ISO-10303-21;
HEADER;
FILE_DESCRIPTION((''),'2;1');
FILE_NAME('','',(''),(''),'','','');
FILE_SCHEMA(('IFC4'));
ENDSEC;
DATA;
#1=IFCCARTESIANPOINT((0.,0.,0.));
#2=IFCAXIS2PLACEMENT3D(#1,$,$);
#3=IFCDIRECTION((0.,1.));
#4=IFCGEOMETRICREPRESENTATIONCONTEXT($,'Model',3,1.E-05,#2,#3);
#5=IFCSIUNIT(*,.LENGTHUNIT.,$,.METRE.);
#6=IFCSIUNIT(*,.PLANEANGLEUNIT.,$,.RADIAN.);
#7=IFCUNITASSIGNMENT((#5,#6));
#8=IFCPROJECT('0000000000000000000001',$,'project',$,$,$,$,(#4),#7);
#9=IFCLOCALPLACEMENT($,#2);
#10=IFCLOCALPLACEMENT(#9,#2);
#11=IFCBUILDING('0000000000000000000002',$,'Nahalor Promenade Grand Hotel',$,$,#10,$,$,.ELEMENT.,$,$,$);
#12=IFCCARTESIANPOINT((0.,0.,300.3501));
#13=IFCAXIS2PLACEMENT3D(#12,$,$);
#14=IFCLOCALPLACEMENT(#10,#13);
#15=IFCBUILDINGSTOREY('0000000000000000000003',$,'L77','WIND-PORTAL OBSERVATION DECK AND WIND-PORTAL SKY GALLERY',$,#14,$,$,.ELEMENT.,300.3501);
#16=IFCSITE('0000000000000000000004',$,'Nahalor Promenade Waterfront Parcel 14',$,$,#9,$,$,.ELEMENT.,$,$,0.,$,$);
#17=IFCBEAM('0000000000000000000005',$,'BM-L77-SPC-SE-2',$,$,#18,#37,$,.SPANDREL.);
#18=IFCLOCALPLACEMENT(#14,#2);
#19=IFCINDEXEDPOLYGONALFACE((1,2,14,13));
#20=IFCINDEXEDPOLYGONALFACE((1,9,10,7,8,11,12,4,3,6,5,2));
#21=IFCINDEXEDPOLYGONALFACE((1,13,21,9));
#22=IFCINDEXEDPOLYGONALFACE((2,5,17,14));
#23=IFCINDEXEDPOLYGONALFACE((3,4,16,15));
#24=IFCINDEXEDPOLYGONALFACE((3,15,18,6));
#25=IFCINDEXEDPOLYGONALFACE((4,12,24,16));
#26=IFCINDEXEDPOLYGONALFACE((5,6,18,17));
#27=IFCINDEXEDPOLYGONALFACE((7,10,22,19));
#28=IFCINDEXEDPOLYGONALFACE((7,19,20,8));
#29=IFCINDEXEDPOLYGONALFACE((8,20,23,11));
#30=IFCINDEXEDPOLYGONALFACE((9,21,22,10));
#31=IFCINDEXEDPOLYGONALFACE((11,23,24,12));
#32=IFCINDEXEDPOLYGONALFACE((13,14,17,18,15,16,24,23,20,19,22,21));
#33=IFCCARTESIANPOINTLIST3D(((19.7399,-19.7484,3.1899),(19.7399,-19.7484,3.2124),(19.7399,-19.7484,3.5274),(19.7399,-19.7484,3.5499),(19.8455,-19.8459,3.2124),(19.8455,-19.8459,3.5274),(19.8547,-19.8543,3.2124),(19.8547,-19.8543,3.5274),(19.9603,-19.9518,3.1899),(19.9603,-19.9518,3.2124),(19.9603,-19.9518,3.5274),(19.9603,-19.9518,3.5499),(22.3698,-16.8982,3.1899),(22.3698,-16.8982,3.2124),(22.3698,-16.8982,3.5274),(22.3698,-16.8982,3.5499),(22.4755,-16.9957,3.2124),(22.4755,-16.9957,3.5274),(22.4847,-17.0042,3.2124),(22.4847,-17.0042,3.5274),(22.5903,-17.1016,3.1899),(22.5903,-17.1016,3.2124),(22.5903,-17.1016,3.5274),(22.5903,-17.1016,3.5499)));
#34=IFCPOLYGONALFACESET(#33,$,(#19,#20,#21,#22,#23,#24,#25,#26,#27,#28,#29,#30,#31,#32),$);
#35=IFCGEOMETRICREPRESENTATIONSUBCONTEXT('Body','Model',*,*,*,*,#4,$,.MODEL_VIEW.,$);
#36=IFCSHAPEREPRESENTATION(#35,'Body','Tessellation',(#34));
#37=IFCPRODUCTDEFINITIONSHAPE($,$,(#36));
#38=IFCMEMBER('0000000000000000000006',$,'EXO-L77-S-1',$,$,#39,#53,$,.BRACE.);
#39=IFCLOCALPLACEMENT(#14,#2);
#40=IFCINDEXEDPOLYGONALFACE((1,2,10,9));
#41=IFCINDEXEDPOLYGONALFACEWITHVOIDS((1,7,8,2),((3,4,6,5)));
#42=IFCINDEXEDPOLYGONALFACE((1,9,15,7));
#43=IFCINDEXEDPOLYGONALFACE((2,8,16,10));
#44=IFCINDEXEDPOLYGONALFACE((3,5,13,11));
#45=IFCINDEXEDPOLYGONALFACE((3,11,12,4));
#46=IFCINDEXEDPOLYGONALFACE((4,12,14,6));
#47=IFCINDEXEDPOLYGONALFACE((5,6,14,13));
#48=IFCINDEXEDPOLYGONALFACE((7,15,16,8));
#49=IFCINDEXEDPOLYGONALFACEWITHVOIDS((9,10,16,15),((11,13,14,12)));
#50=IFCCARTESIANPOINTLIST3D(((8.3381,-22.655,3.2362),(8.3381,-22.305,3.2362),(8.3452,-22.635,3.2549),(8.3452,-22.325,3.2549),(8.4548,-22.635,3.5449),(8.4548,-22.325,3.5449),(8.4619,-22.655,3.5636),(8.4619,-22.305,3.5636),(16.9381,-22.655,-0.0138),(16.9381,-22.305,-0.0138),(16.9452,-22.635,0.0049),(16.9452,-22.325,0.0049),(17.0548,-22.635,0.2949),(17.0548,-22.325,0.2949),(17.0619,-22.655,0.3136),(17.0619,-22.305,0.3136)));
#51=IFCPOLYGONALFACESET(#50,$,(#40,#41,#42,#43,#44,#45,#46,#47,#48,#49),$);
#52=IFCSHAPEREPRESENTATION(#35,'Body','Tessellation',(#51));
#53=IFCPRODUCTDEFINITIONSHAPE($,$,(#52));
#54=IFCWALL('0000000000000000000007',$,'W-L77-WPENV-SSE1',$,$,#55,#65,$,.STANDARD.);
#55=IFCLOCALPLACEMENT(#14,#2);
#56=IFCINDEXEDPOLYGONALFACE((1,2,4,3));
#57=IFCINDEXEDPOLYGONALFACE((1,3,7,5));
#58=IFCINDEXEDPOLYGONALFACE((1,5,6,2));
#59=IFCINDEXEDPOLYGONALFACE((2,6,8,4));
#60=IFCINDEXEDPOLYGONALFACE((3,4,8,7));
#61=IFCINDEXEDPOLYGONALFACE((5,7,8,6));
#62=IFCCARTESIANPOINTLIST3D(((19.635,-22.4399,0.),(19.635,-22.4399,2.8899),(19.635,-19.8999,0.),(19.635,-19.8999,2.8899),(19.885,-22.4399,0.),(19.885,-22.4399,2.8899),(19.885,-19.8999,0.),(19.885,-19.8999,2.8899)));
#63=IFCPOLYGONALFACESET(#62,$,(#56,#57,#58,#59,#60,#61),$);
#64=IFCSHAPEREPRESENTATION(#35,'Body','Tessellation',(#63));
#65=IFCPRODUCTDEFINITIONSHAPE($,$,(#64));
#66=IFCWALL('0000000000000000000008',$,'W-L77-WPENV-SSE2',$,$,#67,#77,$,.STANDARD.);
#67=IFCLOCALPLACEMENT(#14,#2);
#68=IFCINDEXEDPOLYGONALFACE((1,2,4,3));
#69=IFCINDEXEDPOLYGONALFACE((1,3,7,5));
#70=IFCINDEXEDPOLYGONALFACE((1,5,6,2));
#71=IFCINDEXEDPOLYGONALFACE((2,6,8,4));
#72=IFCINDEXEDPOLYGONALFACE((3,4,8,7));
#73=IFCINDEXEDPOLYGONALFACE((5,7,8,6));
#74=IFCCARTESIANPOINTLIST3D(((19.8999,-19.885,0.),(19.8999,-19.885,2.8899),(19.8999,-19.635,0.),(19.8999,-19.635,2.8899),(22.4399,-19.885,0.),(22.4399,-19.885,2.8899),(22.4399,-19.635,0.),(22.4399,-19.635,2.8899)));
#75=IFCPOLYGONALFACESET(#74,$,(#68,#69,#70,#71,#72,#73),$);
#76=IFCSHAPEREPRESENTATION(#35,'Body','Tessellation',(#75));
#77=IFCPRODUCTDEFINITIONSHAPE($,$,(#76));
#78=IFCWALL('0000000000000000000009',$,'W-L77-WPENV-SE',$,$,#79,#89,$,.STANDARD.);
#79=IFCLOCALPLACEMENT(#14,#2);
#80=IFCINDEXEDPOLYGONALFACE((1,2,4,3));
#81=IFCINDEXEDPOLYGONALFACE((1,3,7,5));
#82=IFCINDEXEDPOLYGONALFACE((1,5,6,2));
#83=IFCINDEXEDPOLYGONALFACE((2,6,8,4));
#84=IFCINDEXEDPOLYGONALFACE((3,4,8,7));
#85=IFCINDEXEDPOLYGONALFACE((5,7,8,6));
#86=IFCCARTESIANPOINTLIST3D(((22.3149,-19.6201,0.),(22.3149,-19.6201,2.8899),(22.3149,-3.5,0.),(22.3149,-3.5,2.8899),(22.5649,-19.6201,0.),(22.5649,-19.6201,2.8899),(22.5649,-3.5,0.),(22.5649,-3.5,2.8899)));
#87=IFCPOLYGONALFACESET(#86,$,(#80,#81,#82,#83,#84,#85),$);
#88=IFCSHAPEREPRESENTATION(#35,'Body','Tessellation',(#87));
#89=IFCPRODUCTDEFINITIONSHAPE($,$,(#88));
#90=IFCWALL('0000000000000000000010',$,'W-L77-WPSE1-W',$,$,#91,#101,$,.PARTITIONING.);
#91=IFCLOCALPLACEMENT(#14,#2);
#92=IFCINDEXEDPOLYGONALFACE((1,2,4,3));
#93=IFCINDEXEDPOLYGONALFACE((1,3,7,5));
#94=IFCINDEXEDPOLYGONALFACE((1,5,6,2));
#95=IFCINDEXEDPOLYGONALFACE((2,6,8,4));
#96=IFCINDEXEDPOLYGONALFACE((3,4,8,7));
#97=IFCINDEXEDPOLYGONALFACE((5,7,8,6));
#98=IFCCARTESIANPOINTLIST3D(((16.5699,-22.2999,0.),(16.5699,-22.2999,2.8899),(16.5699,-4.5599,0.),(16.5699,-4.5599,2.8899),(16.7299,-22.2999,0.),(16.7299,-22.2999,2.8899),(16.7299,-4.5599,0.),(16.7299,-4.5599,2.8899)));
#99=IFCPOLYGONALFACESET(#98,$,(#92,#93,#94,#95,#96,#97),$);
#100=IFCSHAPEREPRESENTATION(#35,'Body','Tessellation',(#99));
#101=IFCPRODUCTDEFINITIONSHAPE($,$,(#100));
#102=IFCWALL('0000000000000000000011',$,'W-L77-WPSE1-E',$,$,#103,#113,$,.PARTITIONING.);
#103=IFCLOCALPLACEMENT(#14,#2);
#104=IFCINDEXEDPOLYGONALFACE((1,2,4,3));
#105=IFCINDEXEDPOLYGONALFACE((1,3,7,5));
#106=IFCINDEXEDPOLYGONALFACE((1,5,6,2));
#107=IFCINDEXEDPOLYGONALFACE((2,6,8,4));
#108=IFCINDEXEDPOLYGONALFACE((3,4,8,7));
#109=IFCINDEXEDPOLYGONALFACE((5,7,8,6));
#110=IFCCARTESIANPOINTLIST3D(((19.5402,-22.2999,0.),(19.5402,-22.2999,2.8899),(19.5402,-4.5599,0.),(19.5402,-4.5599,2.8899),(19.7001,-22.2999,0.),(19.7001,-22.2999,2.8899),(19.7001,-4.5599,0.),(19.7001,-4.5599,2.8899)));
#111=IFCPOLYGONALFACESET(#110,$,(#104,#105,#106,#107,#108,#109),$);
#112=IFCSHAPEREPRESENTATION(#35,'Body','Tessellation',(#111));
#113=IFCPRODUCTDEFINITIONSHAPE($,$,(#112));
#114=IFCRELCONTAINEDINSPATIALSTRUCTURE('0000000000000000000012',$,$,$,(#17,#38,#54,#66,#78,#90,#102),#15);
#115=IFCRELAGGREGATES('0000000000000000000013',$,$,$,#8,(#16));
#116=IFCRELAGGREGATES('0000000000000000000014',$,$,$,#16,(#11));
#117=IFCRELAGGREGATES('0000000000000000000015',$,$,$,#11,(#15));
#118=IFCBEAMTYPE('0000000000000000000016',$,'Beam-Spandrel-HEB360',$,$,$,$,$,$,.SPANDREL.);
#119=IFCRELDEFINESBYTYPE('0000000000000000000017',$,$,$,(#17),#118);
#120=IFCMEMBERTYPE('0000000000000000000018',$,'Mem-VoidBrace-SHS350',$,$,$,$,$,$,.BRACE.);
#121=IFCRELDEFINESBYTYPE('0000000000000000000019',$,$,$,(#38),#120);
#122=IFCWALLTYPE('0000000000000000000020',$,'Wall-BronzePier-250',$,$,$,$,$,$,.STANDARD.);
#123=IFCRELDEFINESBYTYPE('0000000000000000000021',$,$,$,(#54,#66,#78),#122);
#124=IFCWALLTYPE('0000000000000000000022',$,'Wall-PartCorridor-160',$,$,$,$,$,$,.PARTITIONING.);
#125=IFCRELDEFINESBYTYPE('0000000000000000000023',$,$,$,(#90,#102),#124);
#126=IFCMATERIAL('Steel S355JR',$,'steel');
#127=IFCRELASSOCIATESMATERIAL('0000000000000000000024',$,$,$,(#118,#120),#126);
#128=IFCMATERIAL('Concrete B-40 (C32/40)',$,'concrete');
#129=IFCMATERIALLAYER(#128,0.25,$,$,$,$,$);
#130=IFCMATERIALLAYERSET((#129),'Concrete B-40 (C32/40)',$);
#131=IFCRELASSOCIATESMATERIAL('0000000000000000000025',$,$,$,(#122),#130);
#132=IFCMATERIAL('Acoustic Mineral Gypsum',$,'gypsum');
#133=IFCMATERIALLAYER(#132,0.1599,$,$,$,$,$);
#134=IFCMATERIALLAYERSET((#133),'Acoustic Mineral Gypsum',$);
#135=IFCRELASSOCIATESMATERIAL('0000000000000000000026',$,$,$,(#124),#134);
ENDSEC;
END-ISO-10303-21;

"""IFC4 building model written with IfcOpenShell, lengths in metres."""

from ifc_helpers import new_model, si_unit, direction, frame, frame_2d, origin, origin_2d, place, context, subcontext, project, spatial, rectangle, hollow_rectangle, i_section, extrude, source, transform, mapped, material, layer, layer_set, material_profile, profile_set, type_object, element, save


model = new_model("IFC4")

# Units and contexts
model_context = context("Model", 3, precision=1e-05, world=origin(), true_north=direction((0.0, 1.0)))
body_context = subcontext(model_context, "Body", "Model", "MODEL_VIEW")
ifc_project = project(units=[si_unit("LENGTHUNIT", "METRE"), si_unit("PLANEANGLEUNIT", "RADIAN")], contexts=[model_context])

# Site, building, storey
site_placement = place(None, origin())
site = spatial("IfcSite", under=ifc_project, at=site_placement, Name="Nahalor Promenade Waterfront Parcel 14", CompositionType="ELEMENT", RefElevation=0.0)
building_placement = place(site_placement, origin())
building = spatial("IfcBuilding", under=site, at=building_placement, Name="Nahalor Promenade Grand Hotel", CompositionType="ELEMENT")
storey_placement = place(building_placement, frame((0.0, 0.0, 300.3501)))
storey = spatial("IfcBuildingStorey", under=building, at=storey_placement, Name="L77", Description="WIND-PORTAL OBSERVATION DECK AND WIND-PORTAL SKY GALLERY", CompositionType="ELEMENT", Elevation=300.3501)

# Shared definitions
ifc_material_1 = material(Name="Steel S355JR", Category="steel")

# Beam
ifc_material_profile_1 = material_profile(ifc_material_1, i_section(OverallWidth=0.3, OverallDepth=0.36, WebThickness=0.0125, FlangeThickness=0.0225, at=origin_2d()), Name="HEB 360")
ifc_profile_set_1 = profile_set([ifc_material_profile_1], Name="Steel S355JR")
beam_type_1 = type_object("IfcBeamType", Name="Beam-Spandrel-HEB360", PredefinedType="SPANDREL", material=ifc_profile_set_1)
shared_shape_1 = source(origin(), body_context, "Body", "SweptSolid", [
    extrude(i_section(OverallWidth=0.3, OverallDepth=0.36, WebThickness=0.0125, FlangeThickness=0.0225, at=origin_2d()), origin(), (0.0, 0.0, 1.0), 3.8782),
])
for number, where, z_axis, x_axis, name in (
    (1, (19.8501, -19.8501, 3.3699), (0.678144, 0.734929, 0.0), (-0.734929, 0.678144, 0.0), "BM-L77-SPC-SE-2"),
):
    element("IfcBeam", number, at=place(storey_placement, frame(where, z_axis=z_axis, x_axis=x_axis)), inside=storey, type_object=beam_type_1, Name=name, PredefinedType="SPANDREL", context=body_context, shape_type="MappedRepresentation", body=[
        mapped(shared_shape_1, transform((0.0, 0.0, 0.0), scale=1.0)),
    ])

# Member
ifc_material_profile_2 = material_profile(ifc_material_1, hollow_rectangle(XDim=0.35, YDim=0.35, WallThickness=0.02, at=origin_2d()), Name="SHS 350x350x20")
ifc_profile_set_2 = profile_set([ifc_material_profile_2], Name="Steel S355JR")
member_type = type_object("IfcMemberType", Name="Mem-VoidBrace-SHS350", PredefinedType="BRACE", material=ifc_profile_set_2)
shared_shape_2 = source(origin(), body_context, "Body", "SweptSolid", [
    extrude(hollow_rectangle(XDim=0.35, YDim=0.35, WallThickness=0.02, at=origin_2d()), origin(), (0.0, 0.0, 1.0), 9.1936),
])
member_placement = place(storey_placement, frame((17.0, -22.48, 0.1499), z_axis=(-0.935433, 0.0, 0.353503), x_axis=(0.0, -1.0, 0.0)))
element("IfcMember", 2, at=member_placement, inside=storey, type_object=member_type, Name="EXO-L77-S-1", PredefinedType="BRACE", context=body_context, shape_type="MappedRepresentation", body=[
    mapped(shared_shape_2, transform((0.0, 0.0, 0.0), scale=1.0)),
])

# Walls
ifc_material_2 = material(Name="Concrete B-40 (C32/40)", Category="concrete")
ifc_layer_1 = layer(ifc_material_2, 0.25)
ifc_layer_set_1 = layer_set([ifc_layer_1], Name="Concrete B-40 (C32/40)")
wall_type_1 = type_object("IfcWallType", Name="Wall-BronzePier-250", PredefinedType="STANDARD", material=ifc_layer_set_1)
shared_shape_3 = source(origin(), body_context, "Body", "SweptSolid", [
    extrude(rectangle(XDim=2.54, YDim=0.25, at=frame_2d((1.27, 0.0))), origin(), (0.0, 0.0, 1.0), 2.8899),
])
for number, where, z_axis, x_axis, name in (
    (3, (19.76, -22.4399, 0.0), (0.0, 0.0, 1.0), (0.0, 1.0, 0.0), "W-L77-WPENV-SSE1"),
    (4, (19.8999, -19.76, 0.0), (0.0, 0.0, 1.0), (1.0, 0.0, 0.0), "W-L77-WPENV-SSE2"),
):
    element("IfcWall", number, at=place(storey_placement, frame(where, z_axis=z_axis, x_axis=x_axis)), inside=storey, type_object=wall_type_1, Name=name, PredefinedType="STANDARD", context=body_context, shape_type="MappedRepresentation", body=[
        mapped(shared_shape_3, transform((0.0, 0.0, 0.0), scale=1.0)),
    ])
shared_shape_4 = source(origin(), body_context, "Body", "SweptSolid", [
    extrude(rectangle(XDim=16.1201, YDim=0.25, at=frame_2d((8.0601, 0.0))), origin(), (0.0, 0.0, 1.0), 2.8899),
])
wall_placement = place(storey_placement, frame((22.4399, -19.6201, 0.0), z_axis=(0.0, 0.0, 1.0), x_axis=(0.0, 1.0, 0.0)))
element("IfcWall", 5, at=wall_placement, inside=storey, type_object=wall_type_1, Name="W-L77-WPENV-SE", PredefinedType="STANDARD", context=body_context, shape_type="MappedRepresentation", body=[
    mapped(shared_shape_4, transform((0.0, 0.0, 0.0), scale=1.0)),
])
ifc_material_3 = material(Name="Acoustic Mineral Gypsum", Category="gypsum")
ifc_layer_2 = layer(ifc_material_3, 0.1599)
ifc_layer_set_2 = layer_set([ifc_layer_2], Name="Acoustic Mineral Gypsum")
wall_type_2 = type_object("IfcWallType", Name="Wall-PartCorridor-160", PredefinedType="PARTITIONING", material=ifc_layer_set_2)
shared_shape_5 = source(origin(), body_context, "Body", "SweptSolid", [
    extrude(rectangle(XDim=17.74, YDim=0.1599, at=frame_2d((8.8701, 0.0))), origin(), (0.0, 0.0, 1.0), 2.8899),
])
for number, where, z_axis, x_axis, name in (
    (6, (16.6499, -22.3, 0.0), (0.0, 0.0, 1.0), (0.0, 1.0, 0.0), "W-L77-WPSE1-W"),
    (7, (19.6201, -22.3, 0.0), (0.0, 0.0, 1.0), (0.0, 1.0, 0.0), "W-L77-WPSE1-E"),
):
    element("IfcWall", number, at=place(storey_placement, frame(where, z_axis=z_axis, x_axis=x_axis)), inside=storey, type_object=wall_type_2, Name=name, PredefinedType="PARTITIONING", context=body_context, shape_type="MappedRepresentation", body=[
        mapped(shared_shape_5, transform((0.0, 0.0, 0.0), scale=1.0)),
    ])

save(model, "model.ifc")
